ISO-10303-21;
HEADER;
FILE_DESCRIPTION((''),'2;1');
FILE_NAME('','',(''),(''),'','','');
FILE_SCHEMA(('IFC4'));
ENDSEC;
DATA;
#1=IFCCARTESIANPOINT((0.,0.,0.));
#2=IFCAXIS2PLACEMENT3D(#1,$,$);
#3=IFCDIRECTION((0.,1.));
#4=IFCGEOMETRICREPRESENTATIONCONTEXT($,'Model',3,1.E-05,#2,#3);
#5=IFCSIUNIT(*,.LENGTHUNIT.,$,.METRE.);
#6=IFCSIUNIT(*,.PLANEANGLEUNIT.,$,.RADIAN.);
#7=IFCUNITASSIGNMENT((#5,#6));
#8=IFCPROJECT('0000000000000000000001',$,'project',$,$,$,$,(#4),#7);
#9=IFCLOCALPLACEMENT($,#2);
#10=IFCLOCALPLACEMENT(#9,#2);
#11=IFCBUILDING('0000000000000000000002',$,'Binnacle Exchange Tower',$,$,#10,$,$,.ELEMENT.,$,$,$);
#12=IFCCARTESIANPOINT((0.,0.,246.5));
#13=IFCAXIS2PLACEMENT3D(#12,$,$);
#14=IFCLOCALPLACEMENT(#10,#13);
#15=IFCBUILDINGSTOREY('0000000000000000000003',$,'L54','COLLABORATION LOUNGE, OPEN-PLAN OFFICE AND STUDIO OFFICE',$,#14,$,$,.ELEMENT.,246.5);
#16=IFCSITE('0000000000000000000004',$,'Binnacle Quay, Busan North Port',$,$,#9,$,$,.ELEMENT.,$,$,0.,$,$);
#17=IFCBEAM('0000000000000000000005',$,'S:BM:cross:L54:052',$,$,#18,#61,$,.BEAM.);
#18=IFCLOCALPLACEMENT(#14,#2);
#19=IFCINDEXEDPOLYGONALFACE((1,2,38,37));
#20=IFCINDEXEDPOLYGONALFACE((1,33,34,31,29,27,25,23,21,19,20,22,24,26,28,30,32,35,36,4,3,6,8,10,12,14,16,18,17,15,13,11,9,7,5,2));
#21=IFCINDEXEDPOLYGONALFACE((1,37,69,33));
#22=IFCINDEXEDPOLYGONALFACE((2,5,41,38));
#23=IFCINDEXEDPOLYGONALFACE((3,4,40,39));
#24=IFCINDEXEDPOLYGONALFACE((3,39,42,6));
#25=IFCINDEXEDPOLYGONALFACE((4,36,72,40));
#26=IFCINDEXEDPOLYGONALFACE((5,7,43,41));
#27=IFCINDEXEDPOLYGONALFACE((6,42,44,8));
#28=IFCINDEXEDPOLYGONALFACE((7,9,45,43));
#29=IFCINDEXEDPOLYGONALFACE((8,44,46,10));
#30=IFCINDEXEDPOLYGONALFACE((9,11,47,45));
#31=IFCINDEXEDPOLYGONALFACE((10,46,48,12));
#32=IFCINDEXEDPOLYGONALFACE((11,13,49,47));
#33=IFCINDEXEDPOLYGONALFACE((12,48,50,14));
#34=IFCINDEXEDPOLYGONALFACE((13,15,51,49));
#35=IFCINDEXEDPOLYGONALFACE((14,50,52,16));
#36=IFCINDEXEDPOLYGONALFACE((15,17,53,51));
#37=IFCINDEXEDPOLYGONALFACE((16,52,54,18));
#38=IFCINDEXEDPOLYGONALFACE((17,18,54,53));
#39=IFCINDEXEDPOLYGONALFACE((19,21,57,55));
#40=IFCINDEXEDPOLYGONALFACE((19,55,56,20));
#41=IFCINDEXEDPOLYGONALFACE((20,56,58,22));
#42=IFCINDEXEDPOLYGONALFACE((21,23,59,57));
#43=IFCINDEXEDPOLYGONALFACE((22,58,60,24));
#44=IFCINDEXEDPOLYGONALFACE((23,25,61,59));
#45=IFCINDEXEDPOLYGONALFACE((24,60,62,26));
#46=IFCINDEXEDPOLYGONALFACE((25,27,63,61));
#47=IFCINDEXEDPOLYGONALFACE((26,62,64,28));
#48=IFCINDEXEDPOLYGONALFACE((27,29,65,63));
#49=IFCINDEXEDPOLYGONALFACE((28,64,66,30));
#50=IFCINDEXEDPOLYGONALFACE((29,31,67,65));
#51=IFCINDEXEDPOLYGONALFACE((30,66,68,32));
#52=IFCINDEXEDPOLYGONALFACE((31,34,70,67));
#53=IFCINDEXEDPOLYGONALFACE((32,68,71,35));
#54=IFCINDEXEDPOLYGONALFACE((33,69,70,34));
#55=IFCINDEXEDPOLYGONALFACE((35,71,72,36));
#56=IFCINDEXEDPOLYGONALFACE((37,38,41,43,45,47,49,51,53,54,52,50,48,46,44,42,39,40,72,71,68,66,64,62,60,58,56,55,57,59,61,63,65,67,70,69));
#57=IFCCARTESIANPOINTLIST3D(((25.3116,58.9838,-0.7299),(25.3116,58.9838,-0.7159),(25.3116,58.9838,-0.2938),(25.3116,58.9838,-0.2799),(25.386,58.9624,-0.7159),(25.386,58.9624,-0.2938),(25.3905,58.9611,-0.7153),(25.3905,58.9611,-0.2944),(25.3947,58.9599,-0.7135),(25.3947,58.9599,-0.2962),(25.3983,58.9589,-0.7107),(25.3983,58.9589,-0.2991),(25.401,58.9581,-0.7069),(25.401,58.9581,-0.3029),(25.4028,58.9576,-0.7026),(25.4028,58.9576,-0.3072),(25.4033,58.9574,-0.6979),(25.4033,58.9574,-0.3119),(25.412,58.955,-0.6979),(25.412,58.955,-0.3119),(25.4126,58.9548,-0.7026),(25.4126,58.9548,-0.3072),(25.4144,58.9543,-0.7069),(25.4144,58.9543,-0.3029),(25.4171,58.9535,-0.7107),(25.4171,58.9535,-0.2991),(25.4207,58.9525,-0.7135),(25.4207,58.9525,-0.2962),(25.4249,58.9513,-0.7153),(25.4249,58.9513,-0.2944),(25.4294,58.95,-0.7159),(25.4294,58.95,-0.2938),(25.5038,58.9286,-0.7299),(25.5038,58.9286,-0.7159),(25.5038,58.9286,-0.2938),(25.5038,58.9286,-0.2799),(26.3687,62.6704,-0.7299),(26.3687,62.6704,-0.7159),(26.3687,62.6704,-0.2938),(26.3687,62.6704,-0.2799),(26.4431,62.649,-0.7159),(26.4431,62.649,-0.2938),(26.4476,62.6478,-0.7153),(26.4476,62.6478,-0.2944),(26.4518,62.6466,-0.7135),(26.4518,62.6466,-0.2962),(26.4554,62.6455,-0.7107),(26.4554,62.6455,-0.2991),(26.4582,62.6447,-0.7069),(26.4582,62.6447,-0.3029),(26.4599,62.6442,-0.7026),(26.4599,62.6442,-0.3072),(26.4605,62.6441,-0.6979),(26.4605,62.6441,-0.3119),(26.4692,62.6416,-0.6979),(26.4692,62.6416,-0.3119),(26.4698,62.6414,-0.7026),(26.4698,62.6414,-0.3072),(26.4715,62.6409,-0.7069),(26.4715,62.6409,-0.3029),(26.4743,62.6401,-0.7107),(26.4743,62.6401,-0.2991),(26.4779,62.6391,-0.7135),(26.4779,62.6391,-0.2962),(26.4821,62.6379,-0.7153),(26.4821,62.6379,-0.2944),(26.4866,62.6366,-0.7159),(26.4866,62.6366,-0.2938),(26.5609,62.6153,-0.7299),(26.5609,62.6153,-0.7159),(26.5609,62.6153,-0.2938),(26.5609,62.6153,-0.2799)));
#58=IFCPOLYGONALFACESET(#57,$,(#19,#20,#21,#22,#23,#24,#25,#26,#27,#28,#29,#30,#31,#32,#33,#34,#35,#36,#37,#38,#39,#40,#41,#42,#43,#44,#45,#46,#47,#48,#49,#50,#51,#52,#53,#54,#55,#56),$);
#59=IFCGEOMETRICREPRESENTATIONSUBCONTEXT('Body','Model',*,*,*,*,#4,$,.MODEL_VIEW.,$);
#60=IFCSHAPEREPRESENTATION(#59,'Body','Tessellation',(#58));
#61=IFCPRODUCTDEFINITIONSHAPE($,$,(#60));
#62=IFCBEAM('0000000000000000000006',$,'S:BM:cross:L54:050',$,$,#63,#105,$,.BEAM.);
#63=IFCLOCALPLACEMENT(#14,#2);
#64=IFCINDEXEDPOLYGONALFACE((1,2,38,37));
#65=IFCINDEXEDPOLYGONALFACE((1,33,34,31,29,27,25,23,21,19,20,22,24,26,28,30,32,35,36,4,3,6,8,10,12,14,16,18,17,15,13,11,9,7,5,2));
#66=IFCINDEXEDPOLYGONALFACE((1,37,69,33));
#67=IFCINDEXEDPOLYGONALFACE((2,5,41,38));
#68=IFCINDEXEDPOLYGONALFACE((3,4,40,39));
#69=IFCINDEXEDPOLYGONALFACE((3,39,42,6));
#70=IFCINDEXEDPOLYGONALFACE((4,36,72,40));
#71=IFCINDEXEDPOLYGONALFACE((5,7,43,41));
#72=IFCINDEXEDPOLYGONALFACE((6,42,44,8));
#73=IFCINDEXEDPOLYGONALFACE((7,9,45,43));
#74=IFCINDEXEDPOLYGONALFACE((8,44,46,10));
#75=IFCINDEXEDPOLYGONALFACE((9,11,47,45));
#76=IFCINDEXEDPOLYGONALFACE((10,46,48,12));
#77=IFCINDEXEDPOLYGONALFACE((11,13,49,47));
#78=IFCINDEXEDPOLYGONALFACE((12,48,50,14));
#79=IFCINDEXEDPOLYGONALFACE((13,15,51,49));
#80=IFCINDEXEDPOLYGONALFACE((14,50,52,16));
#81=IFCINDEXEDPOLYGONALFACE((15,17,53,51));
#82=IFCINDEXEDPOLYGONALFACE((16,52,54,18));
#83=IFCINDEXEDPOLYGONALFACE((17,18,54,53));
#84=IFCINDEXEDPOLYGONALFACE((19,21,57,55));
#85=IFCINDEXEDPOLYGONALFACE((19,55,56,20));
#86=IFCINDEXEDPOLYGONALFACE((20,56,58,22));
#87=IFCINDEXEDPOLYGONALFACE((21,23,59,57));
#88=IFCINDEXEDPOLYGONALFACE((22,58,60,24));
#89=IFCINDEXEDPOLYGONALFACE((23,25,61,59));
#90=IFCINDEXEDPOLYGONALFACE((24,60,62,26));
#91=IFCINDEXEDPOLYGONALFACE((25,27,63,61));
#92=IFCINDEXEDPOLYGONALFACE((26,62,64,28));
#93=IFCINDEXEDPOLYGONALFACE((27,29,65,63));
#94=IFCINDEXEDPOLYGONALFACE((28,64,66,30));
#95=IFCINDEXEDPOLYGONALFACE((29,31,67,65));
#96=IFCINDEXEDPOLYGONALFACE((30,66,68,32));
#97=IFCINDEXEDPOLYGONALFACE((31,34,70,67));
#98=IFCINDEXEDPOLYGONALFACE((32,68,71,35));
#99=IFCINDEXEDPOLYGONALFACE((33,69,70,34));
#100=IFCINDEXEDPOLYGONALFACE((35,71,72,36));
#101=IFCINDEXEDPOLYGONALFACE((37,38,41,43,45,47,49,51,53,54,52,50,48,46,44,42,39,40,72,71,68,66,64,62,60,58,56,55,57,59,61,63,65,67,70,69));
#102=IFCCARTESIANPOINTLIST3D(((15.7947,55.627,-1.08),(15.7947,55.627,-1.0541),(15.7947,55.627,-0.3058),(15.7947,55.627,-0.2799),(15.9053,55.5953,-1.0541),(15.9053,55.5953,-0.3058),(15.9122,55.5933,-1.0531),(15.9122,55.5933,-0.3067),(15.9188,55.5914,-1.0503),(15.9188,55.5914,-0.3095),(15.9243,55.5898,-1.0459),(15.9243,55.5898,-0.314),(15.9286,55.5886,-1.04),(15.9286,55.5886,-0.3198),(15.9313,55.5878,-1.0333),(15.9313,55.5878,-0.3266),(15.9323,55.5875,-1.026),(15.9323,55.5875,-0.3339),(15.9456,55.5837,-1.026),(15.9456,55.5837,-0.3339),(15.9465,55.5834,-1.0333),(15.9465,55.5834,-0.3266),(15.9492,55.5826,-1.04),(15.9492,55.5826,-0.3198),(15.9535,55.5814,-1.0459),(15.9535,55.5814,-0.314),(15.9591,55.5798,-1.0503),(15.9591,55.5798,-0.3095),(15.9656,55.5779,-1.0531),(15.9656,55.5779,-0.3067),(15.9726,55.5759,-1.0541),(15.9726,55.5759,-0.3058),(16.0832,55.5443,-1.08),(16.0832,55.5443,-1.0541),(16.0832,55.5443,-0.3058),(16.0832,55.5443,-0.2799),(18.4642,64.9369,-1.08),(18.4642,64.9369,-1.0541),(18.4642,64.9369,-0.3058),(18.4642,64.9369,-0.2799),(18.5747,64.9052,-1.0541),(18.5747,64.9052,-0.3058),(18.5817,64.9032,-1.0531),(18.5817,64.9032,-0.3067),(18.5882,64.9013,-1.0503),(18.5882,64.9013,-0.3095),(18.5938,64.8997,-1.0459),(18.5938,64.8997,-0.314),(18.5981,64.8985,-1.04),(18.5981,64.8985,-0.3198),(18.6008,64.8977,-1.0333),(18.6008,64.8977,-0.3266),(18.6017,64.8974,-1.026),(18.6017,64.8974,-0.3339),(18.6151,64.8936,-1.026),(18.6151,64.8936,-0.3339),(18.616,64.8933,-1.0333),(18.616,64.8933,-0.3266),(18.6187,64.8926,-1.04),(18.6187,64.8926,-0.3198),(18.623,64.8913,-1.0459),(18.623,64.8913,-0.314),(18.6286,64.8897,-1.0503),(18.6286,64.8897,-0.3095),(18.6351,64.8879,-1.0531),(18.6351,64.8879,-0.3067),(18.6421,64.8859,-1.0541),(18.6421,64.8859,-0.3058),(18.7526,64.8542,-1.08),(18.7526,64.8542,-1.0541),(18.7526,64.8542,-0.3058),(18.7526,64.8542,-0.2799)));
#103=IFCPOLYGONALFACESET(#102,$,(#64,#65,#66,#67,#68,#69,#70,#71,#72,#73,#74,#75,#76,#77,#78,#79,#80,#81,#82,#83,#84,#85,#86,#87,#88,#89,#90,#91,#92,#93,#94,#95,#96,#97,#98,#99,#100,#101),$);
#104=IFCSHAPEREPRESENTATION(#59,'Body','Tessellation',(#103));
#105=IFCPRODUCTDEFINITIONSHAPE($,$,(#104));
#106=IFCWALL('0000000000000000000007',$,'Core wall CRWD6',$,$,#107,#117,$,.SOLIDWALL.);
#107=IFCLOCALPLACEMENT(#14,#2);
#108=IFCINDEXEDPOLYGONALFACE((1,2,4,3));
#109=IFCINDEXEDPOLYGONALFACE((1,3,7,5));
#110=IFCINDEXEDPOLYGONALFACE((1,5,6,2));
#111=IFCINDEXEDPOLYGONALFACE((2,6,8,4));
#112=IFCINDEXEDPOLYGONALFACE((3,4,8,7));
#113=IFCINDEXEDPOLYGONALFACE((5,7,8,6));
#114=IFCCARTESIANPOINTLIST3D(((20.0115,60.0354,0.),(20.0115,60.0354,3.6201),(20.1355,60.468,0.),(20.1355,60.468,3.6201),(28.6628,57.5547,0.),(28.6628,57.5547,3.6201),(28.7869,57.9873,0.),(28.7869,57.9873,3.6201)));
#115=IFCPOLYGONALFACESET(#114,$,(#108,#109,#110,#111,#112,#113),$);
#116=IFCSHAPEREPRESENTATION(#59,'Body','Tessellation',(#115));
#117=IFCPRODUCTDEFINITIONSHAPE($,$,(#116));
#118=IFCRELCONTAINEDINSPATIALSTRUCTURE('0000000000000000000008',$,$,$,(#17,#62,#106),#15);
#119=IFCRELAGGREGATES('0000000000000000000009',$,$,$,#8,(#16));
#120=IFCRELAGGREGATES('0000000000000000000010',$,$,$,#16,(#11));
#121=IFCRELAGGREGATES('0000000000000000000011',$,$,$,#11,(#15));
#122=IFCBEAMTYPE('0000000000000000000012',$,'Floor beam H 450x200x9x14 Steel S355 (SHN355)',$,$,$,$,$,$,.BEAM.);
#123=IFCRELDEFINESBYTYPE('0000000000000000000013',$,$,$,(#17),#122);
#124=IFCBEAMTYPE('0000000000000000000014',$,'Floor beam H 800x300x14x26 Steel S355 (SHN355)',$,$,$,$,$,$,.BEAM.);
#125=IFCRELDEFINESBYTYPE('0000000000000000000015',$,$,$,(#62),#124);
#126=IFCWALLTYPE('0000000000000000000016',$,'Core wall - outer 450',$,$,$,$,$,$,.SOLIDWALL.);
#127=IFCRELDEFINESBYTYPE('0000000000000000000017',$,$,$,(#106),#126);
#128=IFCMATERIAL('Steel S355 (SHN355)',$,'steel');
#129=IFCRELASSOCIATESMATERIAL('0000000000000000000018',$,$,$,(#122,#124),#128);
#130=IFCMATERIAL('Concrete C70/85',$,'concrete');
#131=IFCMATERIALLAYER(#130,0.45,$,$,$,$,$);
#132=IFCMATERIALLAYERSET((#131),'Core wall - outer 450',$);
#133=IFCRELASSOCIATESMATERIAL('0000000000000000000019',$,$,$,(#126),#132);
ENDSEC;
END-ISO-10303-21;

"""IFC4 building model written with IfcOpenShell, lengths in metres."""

from ifc_helpers import new_model, si_unit, direction, frame, frame_2d, origin, origin_2d, place, context, subcontext, project, spatial, rectangle, i_section, extrude, material, layer, layer_set, material_profile, profile_set, type_object, element, save


model = new_model("IFC4")

# Units and contexts
model_context = context("Model", 3, precision=1e-05, world=origin(), true_north=direction((0.0, 1.0)))
body_context = subcontext(model_context, "Body", "Model", "MODEL_VIEW")
ifc_project = project(units=[si_unit("LENGTHUNIT", "METRE"), si_unit("PLANEANGLEUNIT", "RADIAN")], contexts=[model_context])

# Site, building, storey
site_placement = place(None, origin())
site = spatial("IfcSite", under=ifc_project, at=site_placement, Name="Binnacle Quay, Busan North Port", CompositionType="ELEMENT", RefElevation=0.0)
building_placement = place(site_placement, origin())
building = spatial("IfcBuilding", under=site, at=building_placement, Name="Binnacle Exchange Tower", CompositionType="ELEMENT")
storey_placement = place(building_placement, frame((0.0, 0.0, 246.5)))
storey = spatial("IfcBuildingStorey", under=building, at=storey_placement, Name="L54", Description="COLLABORATION LOUNGE, OPEN-PLAN OFFICE AND STUDIO OFFICE", CompositionType="ELEMENT", Elevation=246.5)

# Beams
ifc_material_1 = material(Name="Steel S355 (SHN355)", Category="steel")
ifc_material_profile_1 = material_profile(ifc_material_1, i_section(OverallWidth=0.2, OverallDepth=0.45, WebThickness=0.009, FlangeThickness=0.0139, FilletRadius=0.0181, at=origin_2d()), Name="H 450x200x9x14")
ifc_profile_set_1 = profile_set([ifc_material_profile_1], Name="Steel S355 (SHN355)")
beam_type_1 = type_object("IfcBeamType", Name="Floor beam H 450x200x9x14 Steel S355 (SHN355)", PredefinedType="BEAM", material=ifc_profile_set_1)
beam_1_placement = place(storey_placement, frame((26.4648, 62.6428, -0.5049), z_axis=(-0.275646, -0.961259, 0.0), x_axis=(0.961259, -0.275646, 0.0)))
element("IfcBeam", 1, at=beam_1_placement, inside=storey, type_object=beam_type_1, Name="S:BM:cross:L54:052", PredefinedType="BEAM", context=body_context, shape_type="SweptSolid", body=[
    extrude(i_section(OverallWidth=0.2, OverallDepth=0.45, WebThickness=0.009, FlangeThickness=0.0139, FilletRadius=0.0181, at=origin_2d()), origin(), (0.0, 0.0, 1.0), 3.8352),
])
ifc_material_profile_2 = material_profile(ifc_material_1, i_section(OverallWidth=0.3, OverallDepth=0.8, WebThickness=0.0139, FlangeThickness=0.0259, FilletRadius=0.0281, at=origin_2d()), Name="H 800x300x14x26")
ifc_profile_set_2 = profile_set([ifc_material_profile_2], Name="Steel S355 (SHN355)")
beam_type_2 = type_object("IfcBeamType", Name="Floor beam H 800x300x14x26 Steel S355 (SHN355)", PredefinedType="BEAM", material=ifc_profile_set_2)
beam_2_placement = place(storey_placement, frame((18.6084, 64.8955, -0.6799), z_axis=(-0.275627, -0.961265, 0.0), x_axis=(0.961265, -0.275627, 0.0)))
element("IfcBeam", 2, at=beam_2_placement, inside=storey, type_object=beam_type_2, Name="S:BM:cross:L54:050", PredefinedType="BEAM", context=body_context, shape_type="SweptSolid", body=[
    extrude(i_section(OverallWidth=0.3, OverallDepth=0.8, WebThickness=0.0139, FlangeThickness=0.0259, FilletRadius=0.0281, at=origin_2d()), origin(), (0.0, 0.0, 1.0), 9.6851),
])

# Wall
ifc_material_2 = material(Name="Concrete C70/85", Category="concrete")
ifc_layer_1 = layer(ifc_material_2, 0.45)
ifc_layer_set_1 = layer_set([ifc_layer_1], Name="Core wall - outer 450")
wall_type_1 = type_object("IfcWallType", Name="Core wall - outer 450", PredefinedType="SOLIDWALL", material=ifc_layer_set_1)
wall_1_placement = place(storey_placement, frame((20.0735, 60.2517, 0.0), z_axis=(0.0, 0.0, 1.0), x_axis=(0.961262, -0.275635, 0.0)))
element("IfcWall", 3, at=wall_1_placement, inside=storey, type_object=wall_type_1, Name="Core wall CRWD6", PredefinedType="SOLIDWALL", context=body_context, shape_type="SweptSolid", body=[
    extrude(rectangle(XDim=9.0, YDim=0.45, at=frame_2d((4.5, 0.0))), origin(), (0.0, 0.0, 1.0), 3.6201),
])

save(model, "model.ifc")
